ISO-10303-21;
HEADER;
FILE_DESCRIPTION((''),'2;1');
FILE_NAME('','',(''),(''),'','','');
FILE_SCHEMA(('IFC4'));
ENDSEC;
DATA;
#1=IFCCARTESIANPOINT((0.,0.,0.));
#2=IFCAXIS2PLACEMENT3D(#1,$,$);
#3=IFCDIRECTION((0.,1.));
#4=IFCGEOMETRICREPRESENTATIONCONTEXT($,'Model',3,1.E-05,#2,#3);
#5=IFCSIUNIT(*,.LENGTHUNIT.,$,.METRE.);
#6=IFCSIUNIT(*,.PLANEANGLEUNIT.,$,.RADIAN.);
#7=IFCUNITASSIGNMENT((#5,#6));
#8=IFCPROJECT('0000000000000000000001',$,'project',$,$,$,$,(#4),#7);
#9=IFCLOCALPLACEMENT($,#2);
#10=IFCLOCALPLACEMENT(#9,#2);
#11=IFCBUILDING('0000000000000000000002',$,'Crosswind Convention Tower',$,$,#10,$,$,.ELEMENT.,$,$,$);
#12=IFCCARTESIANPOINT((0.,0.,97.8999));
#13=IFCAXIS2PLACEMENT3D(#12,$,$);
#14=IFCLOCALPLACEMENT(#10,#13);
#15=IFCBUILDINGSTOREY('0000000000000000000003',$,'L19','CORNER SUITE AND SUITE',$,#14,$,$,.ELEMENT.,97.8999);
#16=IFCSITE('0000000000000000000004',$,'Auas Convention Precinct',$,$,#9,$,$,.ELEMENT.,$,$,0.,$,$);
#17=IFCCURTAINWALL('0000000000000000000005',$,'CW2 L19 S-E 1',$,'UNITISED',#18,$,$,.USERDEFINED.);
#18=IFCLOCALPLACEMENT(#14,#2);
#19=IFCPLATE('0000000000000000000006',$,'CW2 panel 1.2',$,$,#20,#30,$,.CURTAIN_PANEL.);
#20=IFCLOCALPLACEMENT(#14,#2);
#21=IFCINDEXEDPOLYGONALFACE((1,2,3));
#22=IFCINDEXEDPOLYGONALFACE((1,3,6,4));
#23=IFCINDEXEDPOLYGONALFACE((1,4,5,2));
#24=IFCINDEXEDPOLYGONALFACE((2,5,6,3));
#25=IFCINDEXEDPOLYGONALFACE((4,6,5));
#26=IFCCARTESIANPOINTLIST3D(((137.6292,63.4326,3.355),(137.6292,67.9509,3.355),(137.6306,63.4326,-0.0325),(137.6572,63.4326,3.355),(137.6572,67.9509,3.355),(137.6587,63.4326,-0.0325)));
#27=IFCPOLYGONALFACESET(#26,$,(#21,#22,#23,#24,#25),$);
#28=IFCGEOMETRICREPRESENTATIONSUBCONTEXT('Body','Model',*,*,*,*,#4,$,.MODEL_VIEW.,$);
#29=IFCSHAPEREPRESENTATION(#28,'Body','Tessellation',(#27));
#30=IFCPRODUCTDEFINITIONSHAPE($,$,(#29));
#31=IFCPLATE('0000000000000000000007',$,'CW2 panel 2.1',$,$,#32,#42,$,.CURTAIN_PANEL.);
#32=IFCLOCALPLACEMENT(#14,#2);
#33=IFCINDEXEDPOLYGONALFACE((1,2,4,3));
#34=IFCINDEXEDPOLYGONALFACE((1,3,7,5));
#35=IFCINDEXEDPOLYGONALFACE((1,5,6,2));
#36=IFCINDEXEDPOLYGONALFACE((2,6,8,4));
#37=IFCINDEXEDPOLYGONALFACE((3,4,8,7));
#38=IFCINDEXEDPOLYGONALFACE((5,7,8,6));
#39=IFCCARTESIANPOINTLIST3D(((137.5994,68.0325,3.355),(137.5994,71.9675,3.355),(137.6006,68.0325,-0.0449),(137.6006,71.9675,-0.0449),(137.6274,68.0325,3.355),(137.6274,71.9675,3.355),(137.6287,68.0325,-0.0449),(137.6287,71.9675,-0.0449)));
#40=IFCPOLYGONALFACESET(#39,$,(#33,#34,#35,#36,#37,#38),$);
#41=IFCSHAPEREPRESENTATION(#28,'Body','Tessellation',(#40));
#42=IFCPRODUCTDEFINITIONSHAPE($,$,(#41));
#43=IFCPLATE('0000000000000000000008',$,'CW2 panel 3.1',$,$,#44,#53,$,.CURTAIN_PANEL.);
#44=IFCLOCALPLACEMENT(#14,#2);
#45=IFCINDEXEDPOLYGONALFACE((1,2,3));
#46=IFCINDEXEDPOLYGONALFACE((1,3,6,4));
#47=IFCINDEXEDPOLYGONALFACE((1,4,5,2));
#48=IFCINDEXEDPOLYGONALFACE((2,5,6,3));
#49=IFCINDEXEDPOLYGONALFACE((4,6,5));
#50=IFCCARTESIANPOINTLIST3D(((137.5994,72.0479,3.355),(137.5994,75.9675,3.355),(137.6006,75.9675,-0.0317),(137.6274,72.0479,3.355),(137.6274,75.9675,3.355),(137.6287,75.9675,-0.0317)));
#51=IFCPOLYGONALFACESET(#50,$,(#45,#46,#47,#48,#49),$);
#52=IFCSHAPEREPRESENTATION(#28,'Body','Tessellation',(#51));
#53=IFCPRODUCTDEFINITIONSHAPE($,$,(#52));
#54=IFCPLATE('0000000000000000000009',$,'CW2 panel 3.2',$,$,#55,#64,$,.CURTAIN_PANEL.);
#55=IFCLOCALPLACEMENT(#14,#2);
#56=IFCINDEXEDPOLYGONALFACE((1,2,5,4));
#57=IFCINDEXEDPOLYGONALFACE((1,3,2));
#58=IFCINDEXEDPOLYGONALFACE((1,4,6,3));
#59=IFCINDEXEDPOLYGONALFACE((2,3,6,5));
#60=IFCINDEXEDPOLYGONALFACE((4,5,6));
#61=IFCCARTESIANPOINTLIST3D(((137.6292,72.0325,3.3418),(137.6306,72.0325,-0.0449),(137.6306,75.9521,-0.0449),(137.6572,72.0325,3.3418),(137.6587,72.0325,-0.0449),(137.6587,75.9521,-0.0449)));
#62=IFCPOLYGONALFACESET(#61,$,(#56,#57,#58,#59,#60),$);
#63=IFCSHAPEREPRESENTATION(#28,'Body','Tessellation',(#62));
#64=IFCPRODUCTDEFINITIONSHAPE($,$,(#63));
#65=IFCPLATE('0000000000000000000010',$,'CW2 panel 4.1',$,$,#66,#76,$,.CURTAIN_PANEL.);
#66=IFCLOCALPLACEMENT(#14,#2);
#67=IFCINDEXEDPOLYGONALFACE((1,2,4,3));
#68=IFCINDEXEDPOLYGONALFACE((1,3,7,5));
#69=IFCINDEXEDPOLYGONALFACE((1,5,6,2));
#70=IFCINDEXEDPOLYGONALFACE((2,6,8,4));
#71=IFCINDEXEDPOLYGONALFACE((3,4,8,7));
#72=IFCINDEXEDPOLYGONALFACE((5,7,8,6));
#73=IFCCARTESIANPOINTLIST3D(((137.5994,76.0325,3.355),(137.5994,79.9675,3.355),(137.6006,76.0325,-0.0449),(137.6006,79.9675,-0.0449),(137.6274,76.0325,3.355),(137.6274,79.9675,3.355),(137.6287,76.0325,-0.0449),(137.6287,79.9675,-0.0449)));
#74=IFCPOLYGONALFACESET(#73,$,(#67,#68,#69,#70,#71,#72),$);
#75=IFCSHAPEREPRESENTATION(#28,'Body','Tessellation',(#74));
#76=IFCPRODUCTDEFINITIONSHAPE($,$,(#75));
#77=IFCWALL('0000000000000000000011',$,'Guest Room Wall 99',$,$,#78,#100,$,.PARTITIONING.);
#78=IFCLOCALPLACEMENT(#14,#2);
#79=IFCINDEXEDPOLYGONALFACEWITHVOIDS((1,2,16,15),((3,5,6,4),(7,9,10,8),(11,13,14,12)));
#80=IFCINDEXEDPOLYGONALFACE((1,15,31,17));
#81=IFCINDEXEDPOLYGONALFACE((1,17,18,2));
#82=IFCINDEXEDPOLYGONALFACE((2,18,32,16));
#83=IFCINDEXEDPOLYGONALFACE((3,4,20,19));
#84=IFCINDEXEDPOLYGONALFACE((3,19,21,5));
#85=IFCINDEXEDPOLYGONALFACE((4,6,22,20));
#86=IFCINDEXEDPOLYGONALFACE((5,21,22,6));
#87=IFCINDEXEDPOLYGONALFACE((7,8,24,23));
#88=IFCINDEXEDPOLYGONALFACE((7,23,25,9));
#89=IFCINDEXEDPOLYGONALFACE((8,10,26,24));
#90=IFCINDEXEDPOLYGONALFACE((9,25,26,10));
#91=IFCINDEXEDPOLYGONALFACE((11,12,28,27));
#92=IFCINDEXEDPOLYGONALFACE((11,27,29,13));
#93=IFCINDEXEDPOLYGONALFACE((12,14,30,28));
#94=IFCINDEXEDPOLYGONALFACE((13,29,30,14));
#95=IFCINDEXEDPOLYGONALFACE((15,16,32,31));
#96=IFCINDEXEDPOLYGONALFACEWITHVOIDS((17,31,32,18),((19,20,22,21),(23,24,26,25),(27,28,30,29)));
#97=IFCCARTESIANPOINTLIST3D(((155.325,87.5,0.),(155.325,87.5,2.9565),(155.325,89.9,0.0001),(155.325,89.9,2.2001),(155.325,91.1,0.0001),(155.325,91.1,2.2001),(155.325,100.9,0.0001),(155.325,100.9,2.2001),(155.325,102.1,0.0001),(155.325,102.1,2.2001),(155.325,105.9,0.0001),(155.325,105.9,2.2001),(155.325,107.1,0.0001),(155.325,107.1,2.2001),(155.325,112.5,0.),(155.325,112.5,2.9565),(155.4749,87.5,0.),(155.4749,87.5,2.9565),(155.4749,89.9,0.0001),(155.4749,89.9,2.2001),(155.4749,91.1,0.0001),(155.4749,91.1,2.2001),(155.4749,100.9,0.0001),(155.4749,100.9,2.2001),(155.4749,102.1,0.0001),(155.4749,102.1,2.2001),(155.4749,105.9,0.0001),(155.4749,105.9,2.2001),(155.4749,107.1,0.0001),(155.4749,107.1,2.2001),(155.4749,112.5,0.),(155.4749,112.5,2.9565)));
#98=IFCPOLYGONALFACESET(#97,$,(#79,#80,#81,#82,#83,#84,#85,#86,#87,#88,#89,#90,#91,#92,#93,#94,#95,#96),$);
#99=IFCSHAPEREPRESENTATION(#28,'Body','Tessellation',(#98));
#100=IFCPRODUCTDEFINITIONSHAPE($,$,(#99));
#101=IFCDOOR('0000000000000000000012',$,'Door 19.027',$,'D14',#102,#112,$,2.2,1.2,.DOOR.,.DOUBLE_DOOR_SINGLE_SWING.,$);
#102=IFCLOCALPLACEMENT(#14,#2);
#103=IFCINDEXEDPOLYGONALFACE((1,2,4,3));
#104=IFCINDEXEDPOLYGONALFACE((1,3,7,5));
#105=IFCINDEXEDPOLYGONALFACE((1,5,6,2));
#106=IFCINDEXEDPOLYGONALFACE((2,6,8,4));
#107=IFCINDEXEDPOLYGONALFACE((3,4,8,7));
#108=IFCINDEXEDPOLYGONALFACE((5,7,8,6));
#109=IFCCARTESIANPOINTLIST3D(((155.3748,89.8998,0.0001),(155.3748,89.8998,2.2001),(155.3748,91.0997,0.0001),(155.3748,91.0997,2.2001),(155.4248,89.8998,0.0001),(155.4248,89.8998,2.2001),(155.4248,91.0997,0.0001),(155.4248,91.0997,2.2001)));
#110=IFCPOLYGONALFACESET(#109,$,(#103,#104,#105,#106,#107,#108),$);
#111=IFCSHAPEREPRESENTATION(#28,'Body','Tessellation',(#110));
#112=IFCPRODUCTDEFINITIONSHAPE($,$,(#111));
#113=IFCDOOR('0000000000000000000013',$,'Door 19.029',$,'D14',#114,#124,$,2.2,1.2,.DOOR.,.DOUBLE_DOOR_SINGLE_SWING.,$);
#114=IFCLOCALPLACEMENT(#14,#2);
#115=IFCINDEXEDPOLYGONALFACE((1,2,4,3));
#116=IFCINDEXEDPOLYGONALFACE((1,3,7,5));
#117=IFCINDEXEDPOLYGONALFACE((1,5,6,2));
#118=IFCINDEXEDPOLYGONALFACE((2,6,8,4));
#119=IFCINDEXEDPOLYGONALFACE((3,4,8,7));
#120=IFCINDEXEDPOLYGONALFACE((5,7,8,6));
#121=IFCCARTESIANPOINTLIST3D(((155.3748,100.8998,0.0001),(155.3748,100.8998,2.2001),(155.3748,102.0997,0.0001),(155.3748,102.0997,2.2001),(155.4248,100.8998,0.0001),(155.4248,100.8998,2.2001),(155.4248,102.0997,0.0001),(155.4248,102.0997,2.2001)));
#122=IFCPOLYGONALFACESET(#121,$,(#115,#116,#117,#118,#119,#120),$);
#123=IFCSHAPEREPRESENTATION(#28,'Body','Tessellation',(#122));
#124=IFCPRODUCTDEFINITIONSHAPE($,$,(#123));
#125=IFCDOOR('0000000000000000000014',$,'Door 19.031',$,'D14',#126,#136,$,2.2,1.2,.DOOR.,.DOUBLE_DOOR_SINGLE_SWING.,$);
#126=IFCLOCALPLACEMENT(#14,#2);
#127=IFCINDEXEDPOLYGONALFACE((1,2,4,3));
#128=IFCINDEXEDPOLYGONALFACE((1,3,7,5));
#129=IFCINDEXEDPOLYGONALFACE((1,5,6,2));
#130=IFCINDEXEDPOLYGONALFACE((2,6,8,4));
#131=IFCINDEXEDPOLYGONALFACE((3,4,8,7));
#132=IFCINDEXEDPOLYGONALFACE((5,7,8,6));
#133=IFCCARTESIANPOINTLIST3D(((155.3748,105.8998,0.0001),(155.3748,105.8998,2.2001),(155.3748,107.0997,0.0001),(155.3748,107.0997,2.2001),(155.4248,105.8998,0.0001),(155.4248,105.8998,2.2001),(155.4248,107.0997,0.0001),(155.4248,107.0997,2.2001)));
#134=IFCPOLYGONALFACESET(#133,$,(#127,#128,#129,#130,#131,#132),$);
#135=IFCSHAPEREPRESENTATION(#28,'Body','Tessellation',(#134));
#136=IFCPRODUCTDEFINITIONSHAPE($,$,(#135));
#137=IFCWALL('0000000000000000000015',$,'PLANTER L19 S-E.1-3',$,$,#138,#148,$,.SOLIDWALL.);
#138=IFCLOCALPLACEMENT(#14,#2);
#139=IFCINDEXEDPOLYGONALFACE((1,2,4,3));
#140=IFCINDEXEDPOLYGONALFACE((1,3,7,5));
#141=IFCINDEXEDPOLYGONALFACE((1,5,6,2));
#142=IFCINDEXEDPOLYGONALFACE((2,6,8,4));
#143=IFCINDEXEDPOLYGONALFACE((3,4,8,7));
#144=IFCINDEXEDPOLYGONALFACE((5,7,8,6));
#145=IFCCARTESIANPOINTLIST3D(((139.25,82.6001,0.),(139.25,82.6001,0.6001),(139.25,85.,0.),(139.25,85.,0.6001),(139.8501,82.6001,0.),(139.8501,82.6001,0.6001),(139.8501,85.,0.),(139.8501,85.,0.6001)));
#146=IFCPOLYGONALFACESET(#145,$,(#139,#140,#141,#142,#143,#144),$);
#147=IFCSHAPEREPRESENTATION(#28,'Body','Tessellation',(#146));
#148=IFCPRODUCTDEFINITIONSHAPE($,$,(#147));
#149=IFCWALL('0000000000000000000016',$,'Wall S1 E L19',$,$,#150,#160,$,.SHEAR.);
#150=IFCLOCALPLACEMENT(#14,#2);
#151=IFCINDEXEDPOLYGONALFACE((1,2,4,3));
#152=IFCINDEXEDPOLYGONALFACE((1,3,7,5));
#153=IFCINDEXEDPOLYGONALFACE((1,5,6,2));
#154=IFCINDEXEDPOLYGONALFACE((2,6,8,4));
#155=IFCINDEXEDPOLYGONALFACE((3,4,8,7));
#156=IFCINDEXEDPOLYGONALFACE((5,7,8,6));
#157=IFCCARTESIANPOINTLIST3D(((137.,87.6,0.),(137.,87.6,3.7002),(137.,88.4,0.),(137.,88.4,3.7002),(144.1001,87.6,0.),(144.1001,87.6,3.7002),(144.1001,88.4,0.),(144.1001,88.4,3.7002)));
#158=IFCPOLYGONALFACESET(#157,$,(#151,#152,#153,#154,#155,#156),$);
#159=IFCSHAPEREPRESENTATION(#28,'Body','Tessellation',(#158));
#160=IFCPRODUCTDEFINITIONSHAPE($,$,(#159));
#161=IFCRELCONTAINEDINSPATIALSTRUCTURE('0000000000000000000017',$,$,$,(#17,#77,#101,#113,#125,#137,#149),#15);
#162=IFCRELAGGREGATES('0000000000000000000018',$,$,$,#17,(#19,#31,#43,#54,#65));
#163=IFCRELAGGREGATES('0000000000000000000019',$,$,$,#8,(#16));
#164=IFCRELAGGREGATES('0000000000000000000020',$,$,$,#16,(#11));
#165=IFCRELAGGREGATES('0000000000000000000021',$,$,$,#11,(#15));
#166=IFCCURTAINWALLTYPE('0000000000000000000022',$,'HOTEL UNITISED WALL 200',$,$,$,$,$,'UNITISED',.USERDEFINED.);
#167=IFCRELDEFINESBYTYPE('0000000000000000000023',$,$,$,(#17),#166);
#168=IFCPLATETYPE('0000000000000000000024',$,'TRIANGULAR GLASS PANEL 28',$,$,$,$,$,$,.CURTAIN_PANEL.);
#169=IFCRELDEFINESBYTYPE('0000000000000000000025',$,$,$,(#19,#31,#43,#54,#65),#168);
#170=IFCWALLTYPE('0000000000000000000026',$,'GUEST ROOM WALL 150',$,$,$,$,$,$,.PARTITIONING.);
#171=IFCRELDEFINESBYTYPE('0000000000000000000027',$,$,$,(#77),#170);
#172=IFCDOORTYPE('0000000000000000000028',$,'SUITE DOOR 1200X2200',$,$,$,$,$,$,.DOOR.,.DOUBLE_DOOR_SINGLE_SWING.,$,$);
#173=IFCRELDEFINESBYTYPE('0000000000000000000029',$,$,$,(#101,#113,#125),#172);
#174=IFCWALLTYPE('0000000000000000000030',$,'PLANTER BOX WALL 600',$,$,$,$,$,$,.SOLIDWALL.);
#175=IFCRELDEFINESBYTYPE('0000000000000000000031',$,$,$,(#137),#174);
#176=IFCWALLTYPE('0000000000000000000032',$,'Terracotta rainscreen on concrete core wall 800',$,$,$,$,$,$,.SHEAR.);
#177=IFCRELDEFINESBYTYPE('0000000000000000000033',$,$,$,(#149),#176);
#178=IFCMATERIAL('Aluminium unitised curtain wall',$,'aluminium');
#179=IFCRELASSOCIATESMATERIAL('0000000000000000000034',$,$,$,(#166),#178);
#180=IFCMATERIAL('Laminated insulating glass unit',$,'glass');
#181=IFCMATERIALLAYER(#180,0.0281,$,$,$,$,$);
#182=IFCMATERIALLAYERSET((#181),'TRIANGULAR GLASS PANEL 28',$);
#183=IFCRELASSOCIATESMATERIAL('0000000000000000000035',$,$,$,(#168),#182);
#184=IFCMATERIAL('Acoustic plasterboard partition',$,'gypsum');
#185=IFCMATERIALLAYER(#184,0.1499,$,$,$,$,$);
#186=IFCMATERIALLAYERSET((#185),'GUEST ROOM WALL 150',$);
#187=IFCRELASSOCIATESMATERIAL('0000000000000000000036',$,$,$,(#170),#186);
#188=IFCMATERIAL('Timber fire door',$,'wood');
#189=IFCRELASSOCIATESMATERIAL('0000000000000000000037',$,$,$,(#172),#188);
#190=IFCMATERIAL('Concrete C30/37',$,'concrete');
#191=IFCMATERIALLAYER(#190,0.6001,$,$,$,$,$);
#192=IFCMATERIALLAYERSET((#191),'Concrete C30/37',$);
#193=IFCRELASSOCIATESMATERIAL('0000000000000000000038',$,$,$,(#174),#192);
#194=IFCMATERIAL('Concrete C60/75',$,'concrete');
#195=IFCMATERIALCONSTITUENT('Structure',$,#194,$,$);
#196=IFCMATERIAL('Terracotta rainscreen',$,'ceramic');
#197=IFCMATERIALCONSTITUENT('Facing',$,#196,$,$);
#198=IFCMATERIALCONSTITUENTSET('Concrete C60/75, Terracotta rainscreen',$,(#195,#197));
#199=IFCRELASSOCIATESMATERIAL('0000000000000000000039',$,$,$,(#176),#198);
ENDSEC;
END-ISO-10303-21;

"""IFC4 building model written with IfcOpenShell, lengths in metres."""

from ifc_helpers import new_model, si_unit, direction, frame, frame_2d, origin, place, context, subcontext, project, spatial, polyline, rectangle, outline, extrude, material, layer, layer_set, constituent, constituent_set, type_object, element, fill, aggregate, save


model = new_model("IFC4")

# Units and contexts
model_context = context("Model", 3, precision=1e-05, world=origin(), true_north=direction((0.0, 1.0)))
body_context = subcontext(model_context, "Body", "Model", "MODEL_VIEW")
ifc_project = project(units=[si_unit("LENGTHUNIT", "METRE"), si_unit("PLANEANGLEUNIT", "RADIAN")], contexts=[model_context])

# Site, building, storey
site_placement = place(None, origin())
site = spatial("IfcSite", under=ifc_project, at=site_placement, Name="Auas Convention Precinct", CompositionType="ELEMENT", RefElevation=0.0)
building_placement = place(site_placement, origin())
building = spatial("IfcBuilding", under=site, at=building_placement, Name="Crosswind Convention Tower", CompositionType="ELEMENT")
storey_placement = place(building_placement, frame((0.0, 0.0, 97.8999)))
storey = spatial("IfcBuildingStorey", under=building, at=storey_placement, Name="L19", Description="CORNER SUITE AND SUITE", CompositionType="ELEMENT", Elevation=97.8999)

# Shared definitions
ifc_material_1 = material(Name="Aluminium unitised curtain wall", Category="aluminium")

# Shared definitions
curtain_wall_type_1 = type_object("IfcCurtainWallType", Name="HOTEL UNITISED WALL 200", ElementType="UNITISED", PredefinedType="USERDEFINED", material=ifc_material_1)

# Curtain wall
curtain_wall_1_placement = place(storey_placement, origin())
curtain_wall_1 = element("IfcCurtainWall", 1, at=curtain_wall_1_placement, inside=storey, type_object=curtain_wall_type_1, Name="CW2 L19 S-E 1", ObjectType="UNITISED", PredefinedType="USERDEFINED")

# Plates
ifc_material_2 = material(Name="Laminated insulating glass unit", Category="glass")
ifc_layer_1 = layer(ifc_material_2, 0.0281)
ifc_layer_set_1 = layer_set([ifc_layer_1], Name="TRIANGULAR GLASS PANEL 28")
plate_type_1 = type_object("IfcPlateType", Name="TRIANGULAR GLASS PANEL 28", PredefinedType="CURTAIN_PANEL", material=ifc_layer_set_1)
plate_1_placement = place(storey_placement, frame((137.6572, 63.4326, 3.355), z_axis=(1.0, 0.0, 0.000432), x_axis=(0.000432, 0.0, -1.0)))
plate_1 = element("IfcPlate", 2, at=plate_1_placement, type_object=plate_type_1, Name="CW2 panel 1.2", PredefinedType="CURTAIN_PANEL", context=body_context, shape_type="SweptSolid", body=[
    extrude(outline(polyline([(0.0, 0.0), (3.3875, 0.0), (0.0, 4.5183), (0.0, 0.0)])), origin(), (0.0, 0.0, -1.0), 0.0281),
])
plate_2_placement = place(storey_placement, frame((137.6287, 68.0325, -0.0449), z_axis=(1.0, 0.0, 0.000359), x_axis=(0.0, 1.0, 0.0)))
plate_2 = element("IfcPlate", 3, at=plate_2_placement, type_object=plate_type_1, Name="CW2 panel 2.1", PredefinedType="CURTAIN_PANEL", context=body_context, shape_type="SweptSolid", body=[
    extrude(outline(polyline([(0.0, 0.0), (3.9351, 0.0), (3.9351, 3.3999), (0.0, 3.3999), (0.0, 0.0)])), origin(), (0.0, 0.0, -1.0), 0.0281),
])
plate_3_placement = place(storey_placement, frame((137.6274, 75.9675, 3.355), z_axis=(1.0, 0.0, 0.00036), x_axis=(0.0, -1.0, 0.0)))
plate_3 = element("IfcPlate", 4, at=plate_3_placement, type_object=plate_type_1, Name="CW2 panel 3.1", PredefinedType="CURTAIN_PANEL", context=body_context, shape_type="SweptSolid", body=[
    extrude(outline(polyline([(0.0, 0.0), (3.9197, 0.0), (0.0, 3.3867), (0.0, 0.0)])), origin(), (0.0, 0.0, -1.0), 0.0281),
])
plate_4_placement = place(storey_placement, frame((137.6587, 72.0325, -0.0449), z_axis=(1.0, 0.0, 0.000433), x_axis=(0.0, 1.0, 0.0)))
plate_4 = element("IfcPlate", 5, at=plate_4_placement, type_object=plate_type_1, Name="CW2 panel 3.2", PredefinedType="CURTAIN_PANEL", context=body_context, shape_type="SweptSolid", body=[
    extrude(outline(polyline([(0.0, 0.0), (3.9197, 0.0), (0.0, 3.3867), (0.0, 0.0)])), origin(), (0.0, 0.0, -1.0), 0.0281),
])
plate_5_placement = place(storey_placement, frame((137.6287, 76.0325, -0.0449), z_axis=(1.0, 0.0, 0.000359), x_axis=(0.0, 1.0, 0.0)))
plate_5 = element("IfcPlate", 6, at=plate_5_placement, type_object=plate_type_1, Name="CW2 panel 4.1", PredefinedType="CURTAIN_PANEL", context=body_context, shape_type="SweptSolid", body=[
    extrude(outline(polyline([(0.0, 0.0), (3.9351, 0.0), (3.9351, 3.3999), (0.0, 3.3999), (0.0, 0.0)])), origin(), (0.0, 0.0, -1.0), 0.0281),
])

# Wall, openings, doors
ifc_material_3 = material(Name="Acoustic plasterboard partition", Category="gypsum")
ifc_layer_2 = layer(ifc_material_3, 0.1499)
ifc_layer_set_2 = layer_set([ifc_layer_2], Name="GUEST ROOM WALL 150")
wall_type_1 = type_object("IfcWallType", Name="GUEST ROOM WALL 150", PredefinedType="PARTITIONING", material=ifc_layer_set_2)
wall_1_placement = place(storey_placement, frame((155.3999, 87.5, 0.0), z_axis=(0.0, 0.0, 1.0), x_axis=(0.0, 1.0, 0.0)))
wall_1 = element("IfcWall", 7, at=wall_1_placement, inside=storey, type_object=wall_type_1, Name="Guest Room Wall 99", PredefinedType="PARTITIONING", context=body_context, shape_type="SweptSolid", body=[
    extrude(rectangle(XDim=25.0, YDim=0.1499, at=frame_2d((12.5, 0.0))), origin(), (0.0, 0.0, 1.0), 2.9565),
])
opening_1_placement = place(wall_1_placement, frame((2.3999, 0.0, 0.0)))
opening_1 = element("IfcOpeningElement", 8, at=opening_1_placement, cuts=wall_1, PredefinedType="OPENING", context=body_context, shape_type="SweptSolid", body=[
    extrude(rectangle(XDim=1.2, YDim=2.2, at=frame_2d((0.6001, 1.1001))), frame((0.0, 0.085, 0.0), z_axis=(0.0, -1.0, 0.0), x_axis=(1.0, 0.0, 0.0)), (0.0, 0.0, 1.0), 0.1699),
])
opening_2_placement = place(wall_1_placement, frame((13.3999, 0.0, 0.0)))
opening_2 = element("IfcOpeningElement", 9, at=opening_2_placement, cuts=wall_1, PredefinedType="OPENING", context=body_context, shape_type="SweptSolid", body=[
    extrude(rectangle(XDim=1.2, YDim=2.2, at=frame_2d((0.6001, 1.1001))), frame((0.0, 0.085, 0.0), z_axis=(0.0, -1.0, 0.0), x_axis=(1.0, 0.0, 0.0)), (0.0, 0.0, 1.0), 0.1699),
])
opening_3_placement = place(wall_1_placement, frame((18.3999, 0.0, 0.0)))
opening_3 = element("IfcOpeningElement", 10, at=opening_3_placement, cuts=wall_1, PredefinedType="OPENING", context=body_context, shape_type="SweptSolid", body=[
    extrude(rectangle(XDim=1.2, YDim=2.2, at=frame_2d((0.6001, 1.1001))), frame((0.0, 0.085, 0.0), z_axis=(0.0, -1.0, 0.0), x_axis=(1.0, 0.0, 0.0)), (0.0, 0.0, 1.0), 0.1699),
])
ifc_material_4 = material(Name="Timber fire door", Category="wood")
door_type_1 = type_object("IfcDoorType", Name="SUITE DOOR 1200X2200", OperationType="DOUBLE_DOOR_SINGLE_SWING", PredefinedType="DOOR", material=ifc_material_4)
door_1_placement = place(opening_1_placement, frame((1.2, 0.0, 0.0), z_axis=(0.0, 0.0, 1.0), x_axis=(-1.0, 0.0, 0.0)))
door_1 = element("IfcDoor", 11, at=door_1_placement, inside=storey, type_object=door_type_1, Name="Door 19.027", ObjectType="D14", OperationType="DOUBLE_DOOR_SINGLE_SWING", OverallHeight=2.2, OverallWidth=1.2, PredefinedType="DOOR", context=body_context, shape_type="SweptSolid", body=[
    extrude(rectangle(XDim=1.2, YDim=2.2, at=frame_2d((0.6001, 1.1001))), frame((0.0, 0.0249, 0.0), z_axis=(0.0, -1.0, 0.0), x_axis=(1.0, 0.0, 0.0)), (0.0, 0.0, 1.0), 0.05),
])
fill(opening_1, door_1)
door_2_placement = place(opening_2_placement, frame((1.2, 0.0, 0.0), z_axis=(0.0, 0.0, 1.0), x_axis=(-1.0, 0.0, 0.0)))
door_2 = element("IfcDoor", 12, at=door_2_placement, inside=storey, type_object=door_type_1, Name="Door 19.029", ObjectType="D14", OperationType="DOUBLE_DOOR_SINGLE_SWING", OverallHeight=2.2, OverallWidth=1.2, PredefinedType="DOOR", context=body_context, shape_type="SweptSolid", body=[
    extrude(rectangle(XDim=1.2, YDim=2.2, at=frame_2d((0.6001, 1.1001))), frame((0.0, 0.0249, 0.0), z_axis=(0.0, -1.0, 0.0), x_axis=(1.0, 0.0, 0.0)), (0.0, 0.0, 1.0), 0.05),
])
fill(opening_2, door_2)
door_3_placement = place(opening_3_placement, frame((1.2, 0.0, 0.0), z_axis=(0.0, 0.0, 1.0), x_axis=(-1.0, 0.0, 0.0)))
door_3 = element("IfcDoor", 13, at=door_3_placement, inside=storey, type_object=door_type_1, Name="Door 19.031", ObjectType="D14", OperationType="DOUBLE_DOOR_SINGLE_SWING", OverallHeight=2.2, OverallWidth=1.2, PredefinedType="DOOR", context=body_context, shape_type="SweptSolid", body=[
    extrude(rectangle(XDim=1.2, YDim=2.2, at=frame_2d((0.6001, 1.1001))), frame((0.0, 0.0249, 0.0), z_axis=(0.0, -1.0, 0.0), x_axis=(1.0, 0.0, 0.0)), (0.0, 0.0, 1.0), 0.05),
])
fill(opening_3, door_3)

# Wall
ifc_material_5 = material(Name="Concrete C30/37", Category="concrete")
ifc_layer_3 = layer(ifc_material_5, 0.6001)
ifc_layer_set_3 = layer_set([ifc_layer_3], Name="Concrete C30/37")
wall_type_2 = type_object("IfcWallType", Name="PLANTER BOX WALL 600", PredefinedType="SOLIDWALL", material=ifc_layer_set_3)
wall_2_placement = place(storey_placement, frame((139.55, 82.6001, 0.0), z_axis=(0.0, 0.0, 1.0), x_axis=(0.0, 1.0, 0.0)))
element("IfcWall", 14, at=wall_2_placement, inside=storey, type_object=wall_type_2, Name="PLANTER L19 S-E.1-3", PredefinedType="SOLIDWALL", context=body_context, shape_type="SweptSolid", body=[
    extrude(rectangle(XDim=2.3999, YDim=0.6001, at=frame_2d((1.2, 0.0))), origin(), (0.0, 0.0, 1.0), 0.6001),
])

# Shared definitions
ifc_material_6 = material(Name="Terracotta rainscreen", Category="ceramic")

# Wall
ifc_material_7 = material(Name="Concrete C60/75", Category="concrete")
ifc_constituent_1 = constituent(ifc_material_7, Name="Structure")
ifc_constituent_2 = constituent(ifc_material_6, Name="Facing")
ifc_constituent_set = constituent_set(constituents=[ifc_constituent_1, ifc_constituent_2], Name="Concrete C60/75, Terracotta rainscreen")
wall_type_3 = type_object("IfcWallType", Name="Terracotta rainscreen on concrete core wall 800", PredefinedType="SHEAR", material=ifc_constituent_set)
wall_3_placement = place(storey_placement, frame((137.0, 88.0, 0.0), z_axis=(0.0, 0.0, 1.0), x_axis=(1.0, 0.0, 0.0)))
element("IfcWall", 15, at=wall_3_placement, inside=storey, type_object=wall_type_3, Name="Wall S1 E L19", PredefinedType="SHEAR", context=body_context, shape_type="SweptSolid", body=[
    extrude(rectangle(XDim=7.1001, YDim=0.8, at=frame_2d((3.55, 0.0))), origin(), (0.0, 0.0, 1.0), 3.7002),
])

aggregate(curtain_wall_1, [plate_1, plate_2, plate_3, plate_4, plate_5])

save(model, "model.ifc")
